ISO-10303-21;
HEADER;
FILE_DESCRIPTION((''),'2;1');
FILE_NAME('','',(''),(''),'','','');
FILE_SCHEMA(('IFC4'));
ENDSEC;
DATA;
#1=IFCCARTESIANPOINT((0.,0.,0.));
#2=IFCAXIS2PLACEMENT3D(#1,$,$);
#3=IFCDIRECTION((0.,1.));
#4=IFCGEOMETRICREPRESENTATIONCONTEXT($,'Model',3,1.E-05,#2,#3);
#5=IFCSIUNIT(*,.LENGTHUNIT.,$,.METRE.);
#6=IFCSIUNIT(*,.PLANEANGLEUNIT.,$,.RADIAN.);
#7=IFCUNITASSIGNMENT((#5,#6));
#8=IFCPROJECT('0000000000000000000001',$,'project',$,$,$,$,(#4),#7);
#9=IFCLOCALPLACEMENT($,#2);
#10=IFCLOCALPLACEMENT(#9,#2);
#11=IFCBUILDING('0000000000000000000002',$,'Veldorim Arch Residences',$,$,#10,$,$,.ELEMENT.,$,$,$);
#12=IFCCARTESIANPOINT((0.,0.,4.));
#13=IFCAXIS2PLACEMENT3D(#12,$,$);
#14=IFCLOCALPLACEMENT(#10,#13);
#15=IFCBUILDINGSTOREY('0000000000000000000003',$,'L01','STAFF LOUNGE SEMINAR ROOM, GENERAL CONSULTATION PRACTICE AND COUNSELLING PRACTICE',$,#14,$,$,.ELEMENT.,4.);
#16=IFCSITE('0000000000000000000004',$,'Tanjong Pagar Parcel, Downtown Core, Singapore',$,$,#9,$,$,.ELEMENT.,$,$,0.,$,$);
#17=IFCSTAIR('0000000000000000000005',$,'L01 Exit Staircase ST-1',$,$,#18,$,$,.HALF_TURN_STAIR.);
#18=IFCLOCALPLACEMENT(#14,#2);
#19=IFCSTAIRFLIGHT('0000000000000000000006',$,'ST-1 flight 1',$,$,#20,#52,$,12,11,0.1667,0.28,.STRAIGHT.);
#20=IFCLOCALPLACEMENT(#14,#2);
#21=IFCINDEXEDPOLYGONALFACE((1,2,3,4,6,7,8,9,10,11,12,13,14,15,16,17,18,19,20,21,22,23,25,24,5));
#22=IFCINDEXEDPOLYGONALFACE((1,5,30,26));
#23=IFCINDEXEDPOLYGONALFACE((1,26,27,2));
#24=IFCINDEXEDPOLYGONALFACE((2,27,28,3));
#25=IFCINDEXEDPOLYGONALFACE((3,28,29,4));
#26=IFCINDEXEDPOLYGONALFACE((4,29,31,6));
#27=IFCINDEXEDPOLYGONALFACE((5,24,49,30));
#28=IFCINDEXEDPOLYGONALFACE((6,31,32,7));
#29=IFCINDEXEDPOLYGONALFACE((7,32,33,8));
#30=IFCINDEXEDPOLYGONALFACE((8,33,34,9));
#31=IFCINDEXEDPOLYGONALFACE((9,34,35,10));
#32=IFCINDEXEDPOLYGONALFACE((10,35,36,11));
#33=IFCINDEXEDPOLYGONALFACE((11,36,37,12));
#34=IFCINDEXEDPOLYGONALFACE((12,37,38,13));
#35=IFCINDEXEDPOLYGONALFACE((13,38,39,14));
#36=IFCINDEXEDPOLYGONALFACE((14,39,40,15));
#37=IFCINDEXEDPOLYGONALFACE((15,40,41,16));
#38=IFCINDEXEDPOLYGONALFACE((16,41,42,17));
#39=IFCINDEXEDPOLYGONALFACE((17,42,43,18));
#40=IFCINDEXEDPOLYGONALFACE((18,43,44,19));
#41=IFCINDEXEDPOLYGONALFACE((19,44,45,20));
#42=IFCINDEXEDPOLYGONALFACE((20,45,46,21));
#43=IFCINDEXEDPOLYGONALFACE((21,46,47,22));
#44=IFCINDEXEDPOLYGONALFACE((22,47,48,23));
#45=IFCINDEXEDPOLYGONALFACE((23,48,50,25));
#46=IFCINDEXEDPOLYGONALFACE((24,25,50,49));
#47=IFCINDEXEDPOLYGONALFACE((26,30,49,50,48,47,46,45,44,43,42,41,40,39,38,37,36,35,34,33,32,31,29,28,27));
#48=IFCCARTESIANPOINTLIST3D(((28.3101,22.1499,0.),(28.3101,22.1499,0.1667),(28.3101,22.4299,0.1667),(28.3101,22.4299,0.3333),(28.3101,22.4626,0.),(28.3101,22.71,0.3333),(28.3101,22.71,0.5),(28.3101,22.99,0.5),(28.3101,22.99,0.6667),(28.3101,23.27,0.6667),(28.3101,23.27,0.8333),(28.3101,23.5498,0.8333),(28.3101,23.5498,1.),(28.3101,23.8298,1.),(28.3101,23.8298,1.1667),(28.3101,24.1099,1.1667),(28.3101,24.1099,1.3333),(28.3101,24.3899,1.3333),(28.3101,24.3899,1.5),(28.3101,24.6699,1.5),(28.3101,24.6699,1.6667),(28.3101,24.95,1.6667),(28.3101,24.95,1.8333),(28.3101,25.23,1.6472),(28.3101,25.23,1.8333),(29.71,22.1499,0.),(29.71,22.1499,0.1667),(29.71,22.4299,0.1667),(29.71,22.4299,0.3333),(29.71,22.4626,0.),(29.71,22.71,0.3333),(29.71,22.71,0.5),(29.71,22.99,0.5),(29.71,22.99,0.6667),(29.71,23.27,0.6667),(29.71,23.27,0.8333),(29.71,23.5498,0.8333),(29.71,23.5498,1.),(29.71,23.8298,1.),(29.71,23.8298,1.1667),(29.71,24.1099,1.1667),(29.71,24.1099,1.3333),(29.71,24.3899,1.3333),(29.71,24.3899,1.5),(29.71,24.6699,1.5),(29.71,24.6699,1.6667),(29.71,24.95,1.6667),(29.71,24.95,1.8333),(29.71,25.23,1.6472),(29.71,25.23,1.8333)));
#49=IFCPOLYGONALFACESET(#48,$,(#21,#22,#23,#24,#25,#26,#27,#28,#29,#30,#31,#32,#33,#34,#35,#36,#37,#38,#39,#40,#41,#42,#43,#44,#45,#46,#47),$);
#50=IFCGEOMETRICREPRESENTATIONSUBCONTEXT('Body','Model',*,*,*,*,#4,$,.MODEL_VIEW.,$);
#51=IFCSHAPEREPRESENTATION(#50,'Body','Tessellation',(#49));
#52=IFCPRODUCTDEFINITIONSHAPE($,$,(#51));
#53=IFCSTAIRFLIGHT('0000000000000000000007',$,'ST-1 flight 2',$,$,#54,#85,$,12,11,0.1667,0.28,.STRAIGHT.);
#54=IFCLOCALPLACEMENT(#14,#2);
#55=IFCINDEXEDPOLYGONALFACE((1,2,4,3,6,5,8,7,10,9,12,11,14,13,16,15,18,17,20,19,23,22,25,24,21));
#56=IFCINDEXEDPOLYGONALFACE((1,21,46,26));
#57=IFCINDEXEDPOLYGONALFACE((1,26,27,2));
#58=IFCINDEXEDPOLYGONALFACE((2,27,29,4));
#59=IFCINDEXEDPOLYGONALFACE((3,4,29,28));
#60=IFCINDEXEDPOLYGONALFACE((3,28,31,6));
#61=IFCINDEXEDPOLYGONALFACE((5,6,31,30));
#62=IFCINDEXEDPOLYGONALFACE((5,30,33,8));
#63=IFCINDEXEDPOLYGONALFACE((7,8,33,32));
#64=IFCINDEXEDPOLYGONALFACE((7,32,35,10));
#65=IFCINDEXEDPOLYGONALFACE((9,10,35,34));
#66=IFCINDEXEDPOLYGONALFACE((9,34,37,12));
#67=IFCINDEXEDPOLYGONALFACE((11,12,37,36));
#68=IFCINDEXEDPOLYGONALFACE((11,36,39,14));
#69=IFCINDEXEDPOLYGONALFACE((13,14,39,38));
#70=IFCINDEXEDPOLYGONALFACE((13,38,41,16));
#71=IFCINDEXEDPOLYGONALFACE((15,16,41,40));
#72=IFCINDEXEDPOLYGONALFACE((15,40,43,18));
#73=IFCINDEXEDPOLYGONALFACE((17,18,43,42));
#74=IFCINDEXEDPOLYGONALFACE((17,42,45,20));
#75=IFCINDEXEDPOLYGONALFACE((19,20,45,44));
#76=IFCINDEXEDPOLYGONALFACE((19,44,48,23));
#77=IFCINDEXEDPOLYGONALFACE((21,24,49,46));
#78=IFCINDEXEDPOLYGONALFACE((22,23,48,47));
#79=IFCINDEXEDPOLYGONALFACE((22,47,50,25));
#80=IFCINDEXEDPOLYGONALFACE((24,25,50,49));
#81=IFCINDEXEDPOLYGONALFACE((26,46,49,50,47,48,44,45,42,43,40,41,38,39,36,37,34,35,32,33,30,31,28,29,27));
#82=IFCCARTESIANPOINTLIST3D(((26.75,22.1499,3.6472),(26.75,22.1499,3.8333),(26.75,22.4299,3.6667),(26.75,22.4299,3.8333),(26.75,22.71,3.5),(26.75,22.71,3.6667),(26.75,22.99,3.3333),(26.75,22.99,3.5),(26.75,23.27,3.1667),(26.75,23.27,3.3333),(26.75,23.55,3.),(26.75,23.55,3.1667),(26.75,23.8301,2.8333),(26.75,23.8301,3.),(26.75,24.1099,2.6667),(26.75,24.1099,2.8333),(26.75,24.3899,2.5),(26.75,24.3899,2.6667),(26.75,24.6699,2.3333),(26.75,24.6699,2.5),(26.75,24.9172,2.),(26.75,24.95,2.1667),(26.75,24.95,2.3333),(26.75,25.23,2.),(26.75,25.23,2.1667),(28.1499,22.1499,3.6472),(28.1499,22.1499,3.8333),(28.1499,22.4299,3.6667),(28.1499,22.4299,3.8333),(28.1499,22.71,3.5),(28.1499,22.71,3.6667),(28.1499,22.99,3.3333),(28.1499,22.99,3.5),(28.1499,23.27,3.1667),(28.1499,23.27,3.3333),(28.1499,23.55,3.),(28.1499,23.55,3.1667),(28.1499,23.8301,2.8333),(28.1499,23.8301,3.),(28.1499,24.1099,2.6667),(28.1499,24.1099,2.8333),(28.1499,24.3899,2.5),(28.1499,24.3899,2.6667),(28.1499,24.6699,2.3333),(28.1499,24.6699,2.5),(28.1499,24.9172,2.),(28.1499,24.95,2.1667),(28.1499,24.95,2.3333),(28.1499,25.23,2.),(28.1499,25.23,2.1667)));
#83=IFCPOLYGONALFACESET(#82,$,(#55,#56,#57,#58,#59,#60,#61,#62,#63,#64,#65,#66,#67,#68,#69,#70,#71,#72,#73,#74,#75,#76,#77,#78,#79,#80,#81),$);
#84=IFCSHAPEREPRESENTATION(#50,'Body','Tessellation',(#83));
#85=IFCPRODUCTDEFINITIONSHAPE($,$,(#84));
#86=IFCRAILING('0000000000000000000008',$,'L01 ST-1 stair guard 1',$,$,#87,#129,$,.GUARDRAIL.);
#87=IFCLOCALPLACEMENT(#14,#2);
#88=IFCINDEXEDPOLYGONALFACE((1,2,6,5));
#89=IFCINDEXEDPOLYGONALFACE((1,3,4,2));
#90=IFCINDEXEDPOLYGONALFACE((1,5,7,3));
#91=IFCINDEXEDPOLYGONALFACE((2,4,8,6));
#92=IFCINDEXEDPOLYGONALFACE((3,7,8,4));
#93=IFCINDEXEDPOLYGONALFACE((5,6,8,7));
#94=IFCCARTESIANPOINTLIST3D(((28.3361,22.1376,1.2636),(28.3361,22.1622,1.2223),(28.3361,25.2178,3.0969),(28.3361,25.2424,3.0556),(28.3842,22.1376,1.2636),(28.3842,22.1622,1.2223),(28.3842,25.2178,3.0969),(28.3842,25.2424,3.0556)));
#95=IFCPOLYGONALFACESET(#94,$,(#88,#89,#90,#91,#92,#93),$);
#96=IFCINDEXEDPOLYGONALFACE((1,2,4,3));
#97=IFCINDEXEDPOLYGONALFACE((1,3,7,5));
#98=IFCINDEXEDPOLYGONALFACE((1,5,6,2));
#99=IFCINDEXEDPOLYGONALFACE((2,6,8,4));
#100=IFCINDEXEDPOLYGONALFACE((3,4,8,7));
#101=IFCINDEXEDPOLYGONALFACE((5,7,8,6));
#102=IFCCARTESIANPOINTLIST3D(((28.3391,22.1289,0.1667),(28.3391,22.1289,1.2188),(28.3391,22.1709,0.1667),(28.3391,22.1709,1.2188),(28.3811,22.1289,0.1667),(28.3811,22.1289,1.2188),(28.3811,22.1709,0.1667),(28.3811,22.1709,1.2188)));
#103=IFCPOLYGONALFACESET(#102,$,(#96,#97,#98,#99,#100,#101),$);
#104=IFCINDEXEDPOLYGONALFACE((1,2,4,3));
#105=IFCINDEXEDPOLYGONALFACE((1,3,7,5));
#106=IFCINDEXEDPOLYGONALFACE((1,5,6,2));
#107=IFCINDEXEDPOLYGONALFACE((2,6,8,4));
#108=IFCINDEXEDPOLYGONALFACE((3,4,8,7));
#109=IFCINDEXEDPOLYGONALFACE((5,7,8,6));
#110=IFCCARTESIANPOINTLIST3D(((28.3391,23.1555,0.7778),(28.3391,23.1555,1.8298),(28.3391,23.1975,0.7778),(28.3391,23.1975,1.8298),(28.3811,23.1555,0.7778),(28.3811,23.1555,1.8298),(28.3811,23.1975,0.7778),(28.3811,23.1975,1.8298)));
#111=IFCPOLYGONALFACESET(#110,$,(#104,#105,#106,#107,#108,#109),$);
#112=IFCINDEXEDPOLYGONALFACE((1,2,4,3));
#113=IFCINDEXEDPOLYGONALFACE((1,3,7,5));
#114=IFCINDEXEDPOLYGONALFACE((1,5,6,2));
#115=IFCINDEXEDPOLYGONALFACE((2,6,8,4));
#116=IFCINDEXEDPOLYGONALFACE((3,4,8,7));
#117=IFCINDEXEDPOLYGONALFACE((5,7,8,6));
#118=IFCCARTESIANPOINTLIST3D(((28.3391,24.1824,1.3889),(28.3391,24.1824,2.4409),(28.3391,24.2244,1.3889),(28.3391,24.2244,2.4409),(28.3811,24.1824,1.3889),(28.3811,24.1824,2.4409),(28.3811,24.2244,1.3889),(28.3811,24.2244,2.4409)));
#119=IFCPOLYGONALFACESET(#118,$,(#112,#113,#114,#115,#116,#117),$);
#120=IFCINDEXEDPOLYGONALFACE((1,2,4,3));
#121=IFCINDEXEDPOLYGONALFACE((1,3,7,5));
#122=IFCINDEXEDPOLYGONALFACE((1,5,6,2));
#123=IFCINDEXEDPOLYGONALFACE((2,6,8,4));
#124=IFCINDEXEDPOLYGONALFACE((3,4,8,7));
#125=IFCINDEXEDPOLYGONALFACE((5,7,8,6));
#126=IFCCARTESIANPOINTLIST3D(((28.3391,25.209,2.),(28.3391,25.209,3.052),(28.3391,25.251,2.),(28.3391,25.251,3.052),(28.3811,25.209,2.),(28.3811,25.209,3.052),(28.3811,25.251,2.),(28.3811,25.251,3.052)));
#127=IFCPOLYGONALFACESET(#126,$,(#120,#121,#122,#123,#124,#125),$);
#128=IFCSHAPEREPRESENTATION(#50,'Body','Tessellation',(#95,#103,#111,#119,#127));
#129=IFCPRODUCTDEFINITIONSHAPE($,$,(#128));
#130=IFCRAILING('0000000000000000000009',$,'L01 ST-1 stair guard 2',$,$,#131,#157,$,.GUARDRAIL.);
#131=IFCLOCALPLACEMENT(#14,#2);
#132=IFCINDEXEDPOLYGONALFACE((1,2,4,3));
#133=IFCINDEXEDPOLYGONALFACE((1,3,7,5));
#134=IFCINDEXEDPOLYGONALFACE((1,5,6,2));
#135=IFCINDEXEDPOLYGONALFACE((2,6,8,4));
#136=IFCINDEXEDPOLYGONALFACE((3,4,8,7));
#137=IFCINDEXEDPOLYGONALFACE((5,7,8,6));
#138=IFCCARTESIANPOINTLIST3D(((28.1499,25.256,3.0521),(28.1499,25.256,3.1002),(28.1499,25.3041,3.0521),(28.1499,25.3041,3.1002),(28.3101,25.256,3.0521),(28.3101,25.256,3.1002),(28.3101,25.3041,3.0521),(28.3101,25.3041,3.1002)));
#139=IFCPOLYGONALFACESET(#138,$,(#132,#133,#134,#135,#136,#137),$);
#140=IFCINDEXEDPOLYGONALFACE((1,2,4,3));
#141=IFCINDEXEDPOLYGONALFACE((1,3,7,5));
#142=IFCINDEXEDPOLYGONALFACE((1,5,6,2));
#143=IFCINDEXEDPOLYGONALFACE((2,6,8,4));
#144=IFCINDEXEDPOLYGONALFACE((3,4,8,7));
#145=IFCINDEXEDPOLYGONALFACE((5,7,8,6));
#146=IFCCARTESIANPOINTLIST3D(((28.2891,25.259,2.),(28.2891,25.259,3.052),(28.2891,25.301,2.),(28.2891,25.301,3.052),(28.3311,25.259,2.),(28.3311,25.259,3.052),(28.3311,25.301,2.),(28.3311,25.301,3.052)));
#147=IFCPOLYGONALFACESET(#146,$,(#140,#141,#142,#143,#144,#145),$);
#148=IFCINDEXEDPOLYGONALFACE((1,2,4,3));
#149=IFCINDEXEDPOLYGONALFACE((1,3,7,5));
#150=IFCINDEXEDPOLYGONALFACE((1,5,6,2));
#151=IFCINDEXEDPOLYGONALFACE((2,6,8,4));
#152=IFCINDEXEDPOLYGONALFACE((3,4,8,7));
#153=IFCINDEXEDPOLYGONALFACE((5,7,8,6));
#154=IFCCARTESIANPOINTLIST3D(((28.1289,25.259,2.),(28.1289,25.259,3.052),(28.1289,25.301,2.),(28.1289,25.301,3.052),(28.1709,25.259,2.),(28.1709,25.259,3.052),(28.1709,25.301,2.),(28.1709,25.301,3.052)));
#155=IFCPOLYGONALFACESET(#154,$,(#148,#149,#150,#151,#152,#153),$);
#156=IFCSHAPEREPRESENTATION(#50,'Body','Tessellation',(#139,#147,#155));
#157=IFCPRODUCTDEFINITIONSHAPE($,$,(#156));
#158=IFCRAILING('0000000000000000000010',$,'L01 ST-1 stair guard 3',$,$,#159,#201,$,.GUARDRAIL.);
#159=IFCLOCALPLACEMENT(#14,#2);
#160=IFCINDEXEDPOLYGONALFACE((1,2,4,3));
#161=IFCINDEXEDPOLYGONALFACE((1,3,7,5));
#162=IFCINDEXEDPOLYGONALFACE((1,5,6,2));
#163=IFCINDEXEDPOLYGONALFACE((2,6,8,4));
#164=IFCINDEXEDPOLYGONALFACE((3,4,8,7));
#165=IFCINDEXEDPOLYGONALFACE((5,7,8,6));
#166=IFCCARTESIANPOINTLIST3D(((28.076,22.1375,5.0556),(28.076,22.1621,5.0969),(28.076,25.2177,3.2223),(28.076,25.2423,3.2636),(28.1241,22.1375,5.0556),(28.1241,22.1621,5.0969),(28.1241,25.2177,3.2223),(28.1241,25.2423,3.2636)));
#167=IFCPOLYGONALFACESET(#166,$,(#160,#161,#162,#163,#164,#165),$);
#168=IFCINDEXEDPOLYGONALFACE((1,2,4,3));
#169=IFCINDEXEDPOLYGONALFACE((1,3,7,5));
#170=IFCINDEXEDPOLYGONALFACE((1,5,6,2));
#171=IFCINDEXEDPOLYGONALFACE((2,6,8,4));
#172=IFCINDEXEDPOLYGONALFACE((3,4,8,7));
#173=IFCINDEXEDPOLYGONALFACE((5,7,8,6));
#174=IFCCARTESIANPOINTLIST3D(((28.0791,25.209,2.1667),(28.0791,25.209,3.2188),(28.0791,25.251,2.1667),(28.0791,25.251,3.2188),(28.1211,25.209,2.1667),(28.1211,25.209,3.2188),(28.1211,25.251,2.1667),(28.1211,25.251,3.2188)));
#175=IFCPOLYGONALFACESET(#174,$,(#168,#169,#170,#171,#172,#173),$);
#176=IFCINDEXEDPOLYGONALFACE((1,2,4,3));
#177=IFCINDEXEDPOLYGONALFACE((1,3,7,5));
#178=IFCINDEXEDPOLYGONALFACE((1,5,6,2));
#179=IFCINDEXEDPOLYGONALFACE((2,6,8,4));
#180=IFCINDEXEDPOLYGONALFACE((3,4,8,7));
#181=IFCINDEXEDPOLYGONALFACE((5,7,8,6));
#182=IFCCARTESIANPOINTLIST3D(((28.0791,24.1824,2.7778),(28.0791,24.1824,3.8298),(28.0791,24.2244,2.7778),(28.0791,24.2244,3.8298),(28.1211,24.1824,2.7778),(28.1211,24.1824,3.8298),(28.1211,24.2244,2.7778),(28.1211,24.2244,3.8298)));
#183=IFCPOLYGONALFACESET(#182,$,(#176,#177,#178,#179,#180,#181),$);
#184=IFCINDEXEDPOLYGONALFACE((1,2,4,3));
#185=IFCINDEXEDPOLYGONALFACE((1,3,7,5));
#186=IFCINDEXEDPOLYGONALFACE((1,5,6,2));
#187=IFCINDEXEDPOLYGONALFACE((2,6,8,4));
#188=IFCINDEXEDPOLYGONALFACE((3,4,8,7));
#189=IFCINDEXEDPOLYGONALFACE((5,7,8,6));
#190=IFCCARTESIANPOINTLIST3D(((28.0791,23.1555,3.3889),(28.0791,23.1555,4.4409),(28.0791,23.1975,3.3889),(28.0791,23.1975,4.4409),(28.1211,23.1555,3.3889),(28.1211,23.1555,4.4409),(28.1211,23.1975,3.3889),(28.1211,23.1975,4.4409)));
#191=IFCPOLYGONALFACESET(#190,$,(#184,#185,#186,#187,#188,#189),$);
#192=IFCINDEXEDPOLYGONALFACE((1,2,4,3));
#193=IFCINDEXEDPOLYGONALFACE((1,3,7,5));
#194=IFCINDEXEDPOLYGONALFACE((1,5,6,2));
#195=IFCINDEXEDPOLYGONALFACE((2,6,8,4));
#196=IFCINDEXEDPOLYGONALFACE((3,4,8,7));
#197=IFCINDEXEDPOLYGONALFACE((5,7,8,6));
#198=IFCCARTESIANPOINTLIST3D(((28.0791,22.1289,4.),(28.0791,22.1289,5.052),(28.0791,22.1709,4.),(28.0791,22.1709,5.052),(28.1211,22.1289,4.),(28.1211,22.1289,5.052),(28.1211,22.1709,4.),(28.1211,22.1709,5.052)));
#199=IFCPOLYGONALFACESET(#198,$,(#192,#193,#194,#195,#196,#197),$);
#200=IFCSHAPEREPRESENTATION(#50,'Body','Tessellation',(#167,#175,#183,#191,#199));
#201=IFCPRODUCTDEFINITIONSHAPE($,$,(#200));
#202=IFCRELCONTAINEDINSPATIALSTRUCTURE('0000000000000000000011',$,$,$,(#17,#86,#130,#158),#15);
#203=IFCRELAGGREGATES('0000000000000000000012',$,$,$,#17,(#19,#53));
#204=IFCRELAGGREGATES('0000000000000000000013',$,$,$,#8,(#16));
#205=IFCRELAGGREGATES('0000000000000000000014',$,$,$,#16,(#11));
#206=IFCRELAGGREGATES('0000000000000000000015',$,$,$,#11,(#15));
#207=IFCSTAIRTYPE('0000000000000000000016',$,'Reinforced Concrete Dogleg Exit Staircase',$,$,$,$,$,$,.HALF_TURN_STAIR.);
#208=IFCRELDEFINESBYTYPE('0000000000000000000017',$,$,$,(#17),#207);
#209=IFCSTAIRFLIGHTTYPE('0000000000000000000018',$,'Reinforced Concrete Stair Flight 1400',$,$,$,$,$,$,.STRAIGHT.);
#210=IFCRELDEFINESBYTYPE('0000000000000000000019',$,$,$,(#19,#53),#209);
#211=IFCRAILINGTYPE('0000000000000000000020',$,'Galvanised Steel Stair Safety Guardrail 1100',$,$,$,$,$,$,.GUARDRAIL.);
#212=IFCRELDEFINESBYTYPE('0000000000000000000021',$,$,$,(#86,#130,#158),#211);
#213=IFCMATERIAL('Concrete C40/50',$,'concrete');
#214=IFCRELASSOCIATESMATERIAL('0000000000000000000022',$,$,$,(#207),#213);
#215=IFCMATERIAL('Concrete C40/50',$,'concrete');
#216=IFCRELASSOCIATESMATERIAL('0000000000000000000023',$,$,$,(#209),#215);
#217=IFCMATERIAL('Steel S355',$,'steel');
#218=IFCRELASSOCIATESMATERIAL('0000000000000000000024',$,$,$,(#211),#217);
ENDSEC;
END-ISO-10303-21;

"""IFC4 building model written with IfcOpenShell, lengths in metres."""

from ifc_helpers import new_model, si_unit, direction, frame, origin, origin_2d, place, context, subcontext, project, spatial, polyline, rectangle, outline, extrude, material, type_object, element, aggregate, save


model = new_model("IFC4")

# Units and contexts
model_context = context("Model", 3, precision=1e-05, world=origin(), true_north=direction((0.0, 1.0)))
body_context = subcontext(model_context, "Body", "Model", "MODEL_VIEW")
ifc_project = project(units=[si_unit("LENGTHUNIT", "METRE"), si_unit("PLANEANGLEUNIT", "RADIAN")], contexts=[model_context])

# Site, building, storey
site_placement = place(None, origin())
site = spatial("IfcSite", under=ifc_project, at=site_placement, Name="Tanjong Pagar Parcel, Downtown Core, Singapore", CompositionType="ELEMENT", RefElevation=0.0)
building_placement = place(site_placement, origin())
building = spatial("IfcBuilding", under=site, at=building_placement, Name="Veldorim Arch Residences", CompositionType="ELEMENT")
storey_placement = place(building_placement, frame((0.0, 0.0, 4.0)))
storey = spatial("IfcBuildingStorey", under=building, at=storey_placement, Name="L01", Description="STAFF LOUNGE SEMINAR ROOM, GENERAL CONSULTATION PRACTICE AND COUNSELLING PRACTICE", CompositionType="ELEMENT", Elevation=4.0)

# Stair, stair flights
ifc_material_1 = material(Name="Concrete C40/50", Category="concrete")
stair_type = type_object("IfcStairType", Name="Reinforced Concrete Dogleg Exit Staircase", PredefinedType="HALF_TURN_STAIR", material=ifc_material_1)
stair_placement = place(storey_placement, origin())
stair = element("IfcStair", 1, at=stair_placement, inside=storey, type_object=stair_type, Name="L01 Exit Staircase ST-1", PredefinedType="HALF_TURN_STAIR")
ifc_material_2 = material(Name="Concrete C40/50", Category="concrete")
stair_flight_type = type_object("IfcStairFlightType", Name="Reinforced Concrete Stair Flight 1400", PredefinedType="STRAIGHT", material=ifc_material_2)
stair_flight_1_placement = place(storey_placement, frame((29.01, 22.1499, 0.0), z_axis=(0.0, 0.0, 1.0), x_axis=(0.0, 1.0, 0.0)))
stair_flight_1 = element("IfcStairFlight", 2, at=stair_flight_1_placement, type_object=stair_flight_type, Name="ST-1 flight 1", NumberOfRisers=12, NumberOfTreads=11, PredefinedType="STRAIGHT", RiserHeight=0.1667, TreadLength=0.28, context=body_context, shape_type="SweptSolid", body=[
    extrude(outline(polyline([(0.0, 0.0), (0.0, 0.1667), (0.28, 0.1667), (0.28, 0.3333), (0.5601, 0.3333), (0.5601, 0.5), (0.8401, 0.5), (0.8401, 0.6667), (1.1201, 0.6667), (1.1201, 0.8333), (1.3999, 0.8333), (1.3999, 1.0), (1.6799, 1.0), (1.6799, 1.1667), (1.96, 1.1667), (1.96, 1.3333), (2.24, 1.3333), (2.24, 1.5), (2.52, 1.5), (2.52, 1.6667), (2.8, 1.6667), (2.8, 1.8333), (3.0801, 1.8333), (3.0801, 2.0), (3.0801, 1.6472), (0.3127, 0.0), (0.0, 0.0)])), frame((0.0, 0.7, 0.0), z_axis=(0.0, -1.0, 0.0), x_axis=(1.0, 0.0, 0.0)), (0.0, 0.0, 1.0), 1.3999),
])
stair_flight_2_placement = place(storey_placement, frame((27.45, 25.23, 2.0), z_axis=(0.0, 0.0, 1.0), x_axis=(0.0, -1.0, 0.0)))
stair_flight_2 = element("IfcStairFlight", 3, at=stair_flight_2_placement, type_object=stair_flight_type, Name="ST-1 flight 2", NumberOfRisers=12, NumberOfTreads=11, PredefinedType="STRAIGHT", RiserHeight=0.1667, TreadLength=0.28, context=body_context, shape_type="SweptSolid", body=[
    extrude(outline(polyline([(0.0, 0.0), (0.0, 0.1667), (0.28, 0.1667), (0.28, 0.3333), (0.5601, 0.3333), (0.5601, 0.5), (0.8401, 0.5), (0.8401, 0.6667), (1.1201, 0.6667), (1.1201, 0.8333), (1.3999, 0.8333), (1.3999, 1.0), (1.6799, 1.0), (1.6799, 1.1667), (1.96, 1.1667), (1.96, 1.3333), (2.24, 1.3333), (2.24, 1.5), (2.52, 1.5), (2.52, 1.6667), (2.8, 1.6667), (2.8, 1.8333), (3.0801, 1.8333), (3.0801, 2.0), (3.0801, 1.6472), (0.3127, 0.0), (0.0, 0.0)])), frame((0.0, 0.7, 0.0), z_axis=(0.0, -1.0, 0.0), x_axis=(1.0, 0.0, 0.0)), (0.0, 0.0, 1.0), 1.3999),
])
aggregate(stair, [stair_flight_1, stair_flight_2])

# Railings
ifc_material_3 = material(Name="Steel S355", Category="steel")
railing_type_1 = type_object("IfcRailingType", Name="Galvanised Steel Stair Safety Guardrail 1100", PredefinedType="GUARDRAIL", material=ifc_material_3)
railing_1_placement = place(storey_placement, frame((28.3601, 22.1499, 0.1667)))
element("IfcRailing", 4, at=railing_1_placement, inside=storey, type_object=railing_type_1, Name="L01 ST-1 stair guard 1", PredefinedType="GUARDRAIL", context=body_context, shape_type="SweptSolid", body=[
    extrude(rectangle(XDim=0.0481, YDim=0.0481, at=origin_2d()), frame((0.0, 0.0, 1.0762), z_axis=(0.0, 0.859309, 0.511458), x_axis=(-1.0, 0.0, 0.0)), (0.0, 0.0, 1.0), 3.5845),
    extrude(rectangle(XDim=0.042, YDim=0.042, at=origin_2d()), origin(), (0.0, 0.0, 1.0), 1.052),
    extrude(rectangle(XDim=0.042, YDim=0.042, at=origin_2d()), frame((0.0, 1.0266, 0.6111)), (0.0, 0.0, 1.0), 1.052),
    extrude(rectangle(XDim=0.042, YDim=0.042, at=origin_2d()), frame((0.0, 2.0535, 1.2222)), (0.0, 0.0, 1.0), 1.052),
    extrude(rectangle(XDim=0.042, YDim=0.042, at=origin_2d()), frame((0.0, 3.0801, 1.8333)), (0.0, 0.0, 1.0), 1.052),
])
railing_2_placement = place(storey_placement, frame((28.3101, 25.28, 2.0)))
element("IfcRailing", 5, at=railing_2_placement, inside=storey, type_object=railing_type_1, Name="L01 ST-1 stair guard 2", PredefinedType="GUARDRAIL", context=body_context, shape_type="SweptSolid", body=[
    extrude(rectangle(XDim=0.0481, YDim=0.0481, at=origin_2d()), frame((0.0, 0.0, 1.0762), z_axis=(-1.0, 0.0, 0.0), x_axis=(0.0, -1.0, 0.0)), (0.0, 0.0, 1.0), 0.1602),
    extrude(rectangle(XDim=0.042, YDim=0.042, at=origin_2d()), origin(), (0.0, 0.0, 1.0), 1.052),
    extrude(rectangle(XDim=0.042, YDim=0.042, at=origin_2d()), frame((-0.1602, 0.0, 0.0)), (0.0, 0.0, 1.0), 1.052),
])
railing_3_placement = place(storey_placement, frame((28.1001, 25.23, 2.1667)))
element("IfcRailing", 6, at=railing_3_placement, inside=storey, type_object=railing_type_1, Name="L01 ST-1 stair guard 3", PredefinedType="GUARDRAIL", context=body_context, shape_type="SweptSolid", body=[
    extrude(rectangle(XDim=0.0481, YDim=0.0481, at=origin_2d()), frame((0.0, 0.0, 1.0762), z_axis=(0.0, -0.859309, 0.511458), x_axis=(1.0, 0.0, 0.0)), (0.0, 0.0, 1.0), 3.5845),
    extrude(rectangle(XDim=0.042, YDim=0.042, at=origin_2d()), origin(), (0.0, 0.0, 1.0), 1.052),
    extrude(rectangle(XDim=0.042, YDim=0.042, at=origin_2d()), frame((0.0, -1.0266, 0.6111)), (0.0, 0.0, 1.0), 1.052),
    extrude(rectangle(XDim=0.042, YDim=0.042, at=origin_2d()), frame((0.0, -2.0535, 1.2222)), (0.0, 0.0, 1.0), 1.052),
    extrude(rectangle(XDim=0.042, YDim=0.042, at=origin_2d()), frame((0.0, -3.0801, 1.8333)), (0.0, 0.0, 1.0), 1.052),
])

save(model, "model.ifc")
